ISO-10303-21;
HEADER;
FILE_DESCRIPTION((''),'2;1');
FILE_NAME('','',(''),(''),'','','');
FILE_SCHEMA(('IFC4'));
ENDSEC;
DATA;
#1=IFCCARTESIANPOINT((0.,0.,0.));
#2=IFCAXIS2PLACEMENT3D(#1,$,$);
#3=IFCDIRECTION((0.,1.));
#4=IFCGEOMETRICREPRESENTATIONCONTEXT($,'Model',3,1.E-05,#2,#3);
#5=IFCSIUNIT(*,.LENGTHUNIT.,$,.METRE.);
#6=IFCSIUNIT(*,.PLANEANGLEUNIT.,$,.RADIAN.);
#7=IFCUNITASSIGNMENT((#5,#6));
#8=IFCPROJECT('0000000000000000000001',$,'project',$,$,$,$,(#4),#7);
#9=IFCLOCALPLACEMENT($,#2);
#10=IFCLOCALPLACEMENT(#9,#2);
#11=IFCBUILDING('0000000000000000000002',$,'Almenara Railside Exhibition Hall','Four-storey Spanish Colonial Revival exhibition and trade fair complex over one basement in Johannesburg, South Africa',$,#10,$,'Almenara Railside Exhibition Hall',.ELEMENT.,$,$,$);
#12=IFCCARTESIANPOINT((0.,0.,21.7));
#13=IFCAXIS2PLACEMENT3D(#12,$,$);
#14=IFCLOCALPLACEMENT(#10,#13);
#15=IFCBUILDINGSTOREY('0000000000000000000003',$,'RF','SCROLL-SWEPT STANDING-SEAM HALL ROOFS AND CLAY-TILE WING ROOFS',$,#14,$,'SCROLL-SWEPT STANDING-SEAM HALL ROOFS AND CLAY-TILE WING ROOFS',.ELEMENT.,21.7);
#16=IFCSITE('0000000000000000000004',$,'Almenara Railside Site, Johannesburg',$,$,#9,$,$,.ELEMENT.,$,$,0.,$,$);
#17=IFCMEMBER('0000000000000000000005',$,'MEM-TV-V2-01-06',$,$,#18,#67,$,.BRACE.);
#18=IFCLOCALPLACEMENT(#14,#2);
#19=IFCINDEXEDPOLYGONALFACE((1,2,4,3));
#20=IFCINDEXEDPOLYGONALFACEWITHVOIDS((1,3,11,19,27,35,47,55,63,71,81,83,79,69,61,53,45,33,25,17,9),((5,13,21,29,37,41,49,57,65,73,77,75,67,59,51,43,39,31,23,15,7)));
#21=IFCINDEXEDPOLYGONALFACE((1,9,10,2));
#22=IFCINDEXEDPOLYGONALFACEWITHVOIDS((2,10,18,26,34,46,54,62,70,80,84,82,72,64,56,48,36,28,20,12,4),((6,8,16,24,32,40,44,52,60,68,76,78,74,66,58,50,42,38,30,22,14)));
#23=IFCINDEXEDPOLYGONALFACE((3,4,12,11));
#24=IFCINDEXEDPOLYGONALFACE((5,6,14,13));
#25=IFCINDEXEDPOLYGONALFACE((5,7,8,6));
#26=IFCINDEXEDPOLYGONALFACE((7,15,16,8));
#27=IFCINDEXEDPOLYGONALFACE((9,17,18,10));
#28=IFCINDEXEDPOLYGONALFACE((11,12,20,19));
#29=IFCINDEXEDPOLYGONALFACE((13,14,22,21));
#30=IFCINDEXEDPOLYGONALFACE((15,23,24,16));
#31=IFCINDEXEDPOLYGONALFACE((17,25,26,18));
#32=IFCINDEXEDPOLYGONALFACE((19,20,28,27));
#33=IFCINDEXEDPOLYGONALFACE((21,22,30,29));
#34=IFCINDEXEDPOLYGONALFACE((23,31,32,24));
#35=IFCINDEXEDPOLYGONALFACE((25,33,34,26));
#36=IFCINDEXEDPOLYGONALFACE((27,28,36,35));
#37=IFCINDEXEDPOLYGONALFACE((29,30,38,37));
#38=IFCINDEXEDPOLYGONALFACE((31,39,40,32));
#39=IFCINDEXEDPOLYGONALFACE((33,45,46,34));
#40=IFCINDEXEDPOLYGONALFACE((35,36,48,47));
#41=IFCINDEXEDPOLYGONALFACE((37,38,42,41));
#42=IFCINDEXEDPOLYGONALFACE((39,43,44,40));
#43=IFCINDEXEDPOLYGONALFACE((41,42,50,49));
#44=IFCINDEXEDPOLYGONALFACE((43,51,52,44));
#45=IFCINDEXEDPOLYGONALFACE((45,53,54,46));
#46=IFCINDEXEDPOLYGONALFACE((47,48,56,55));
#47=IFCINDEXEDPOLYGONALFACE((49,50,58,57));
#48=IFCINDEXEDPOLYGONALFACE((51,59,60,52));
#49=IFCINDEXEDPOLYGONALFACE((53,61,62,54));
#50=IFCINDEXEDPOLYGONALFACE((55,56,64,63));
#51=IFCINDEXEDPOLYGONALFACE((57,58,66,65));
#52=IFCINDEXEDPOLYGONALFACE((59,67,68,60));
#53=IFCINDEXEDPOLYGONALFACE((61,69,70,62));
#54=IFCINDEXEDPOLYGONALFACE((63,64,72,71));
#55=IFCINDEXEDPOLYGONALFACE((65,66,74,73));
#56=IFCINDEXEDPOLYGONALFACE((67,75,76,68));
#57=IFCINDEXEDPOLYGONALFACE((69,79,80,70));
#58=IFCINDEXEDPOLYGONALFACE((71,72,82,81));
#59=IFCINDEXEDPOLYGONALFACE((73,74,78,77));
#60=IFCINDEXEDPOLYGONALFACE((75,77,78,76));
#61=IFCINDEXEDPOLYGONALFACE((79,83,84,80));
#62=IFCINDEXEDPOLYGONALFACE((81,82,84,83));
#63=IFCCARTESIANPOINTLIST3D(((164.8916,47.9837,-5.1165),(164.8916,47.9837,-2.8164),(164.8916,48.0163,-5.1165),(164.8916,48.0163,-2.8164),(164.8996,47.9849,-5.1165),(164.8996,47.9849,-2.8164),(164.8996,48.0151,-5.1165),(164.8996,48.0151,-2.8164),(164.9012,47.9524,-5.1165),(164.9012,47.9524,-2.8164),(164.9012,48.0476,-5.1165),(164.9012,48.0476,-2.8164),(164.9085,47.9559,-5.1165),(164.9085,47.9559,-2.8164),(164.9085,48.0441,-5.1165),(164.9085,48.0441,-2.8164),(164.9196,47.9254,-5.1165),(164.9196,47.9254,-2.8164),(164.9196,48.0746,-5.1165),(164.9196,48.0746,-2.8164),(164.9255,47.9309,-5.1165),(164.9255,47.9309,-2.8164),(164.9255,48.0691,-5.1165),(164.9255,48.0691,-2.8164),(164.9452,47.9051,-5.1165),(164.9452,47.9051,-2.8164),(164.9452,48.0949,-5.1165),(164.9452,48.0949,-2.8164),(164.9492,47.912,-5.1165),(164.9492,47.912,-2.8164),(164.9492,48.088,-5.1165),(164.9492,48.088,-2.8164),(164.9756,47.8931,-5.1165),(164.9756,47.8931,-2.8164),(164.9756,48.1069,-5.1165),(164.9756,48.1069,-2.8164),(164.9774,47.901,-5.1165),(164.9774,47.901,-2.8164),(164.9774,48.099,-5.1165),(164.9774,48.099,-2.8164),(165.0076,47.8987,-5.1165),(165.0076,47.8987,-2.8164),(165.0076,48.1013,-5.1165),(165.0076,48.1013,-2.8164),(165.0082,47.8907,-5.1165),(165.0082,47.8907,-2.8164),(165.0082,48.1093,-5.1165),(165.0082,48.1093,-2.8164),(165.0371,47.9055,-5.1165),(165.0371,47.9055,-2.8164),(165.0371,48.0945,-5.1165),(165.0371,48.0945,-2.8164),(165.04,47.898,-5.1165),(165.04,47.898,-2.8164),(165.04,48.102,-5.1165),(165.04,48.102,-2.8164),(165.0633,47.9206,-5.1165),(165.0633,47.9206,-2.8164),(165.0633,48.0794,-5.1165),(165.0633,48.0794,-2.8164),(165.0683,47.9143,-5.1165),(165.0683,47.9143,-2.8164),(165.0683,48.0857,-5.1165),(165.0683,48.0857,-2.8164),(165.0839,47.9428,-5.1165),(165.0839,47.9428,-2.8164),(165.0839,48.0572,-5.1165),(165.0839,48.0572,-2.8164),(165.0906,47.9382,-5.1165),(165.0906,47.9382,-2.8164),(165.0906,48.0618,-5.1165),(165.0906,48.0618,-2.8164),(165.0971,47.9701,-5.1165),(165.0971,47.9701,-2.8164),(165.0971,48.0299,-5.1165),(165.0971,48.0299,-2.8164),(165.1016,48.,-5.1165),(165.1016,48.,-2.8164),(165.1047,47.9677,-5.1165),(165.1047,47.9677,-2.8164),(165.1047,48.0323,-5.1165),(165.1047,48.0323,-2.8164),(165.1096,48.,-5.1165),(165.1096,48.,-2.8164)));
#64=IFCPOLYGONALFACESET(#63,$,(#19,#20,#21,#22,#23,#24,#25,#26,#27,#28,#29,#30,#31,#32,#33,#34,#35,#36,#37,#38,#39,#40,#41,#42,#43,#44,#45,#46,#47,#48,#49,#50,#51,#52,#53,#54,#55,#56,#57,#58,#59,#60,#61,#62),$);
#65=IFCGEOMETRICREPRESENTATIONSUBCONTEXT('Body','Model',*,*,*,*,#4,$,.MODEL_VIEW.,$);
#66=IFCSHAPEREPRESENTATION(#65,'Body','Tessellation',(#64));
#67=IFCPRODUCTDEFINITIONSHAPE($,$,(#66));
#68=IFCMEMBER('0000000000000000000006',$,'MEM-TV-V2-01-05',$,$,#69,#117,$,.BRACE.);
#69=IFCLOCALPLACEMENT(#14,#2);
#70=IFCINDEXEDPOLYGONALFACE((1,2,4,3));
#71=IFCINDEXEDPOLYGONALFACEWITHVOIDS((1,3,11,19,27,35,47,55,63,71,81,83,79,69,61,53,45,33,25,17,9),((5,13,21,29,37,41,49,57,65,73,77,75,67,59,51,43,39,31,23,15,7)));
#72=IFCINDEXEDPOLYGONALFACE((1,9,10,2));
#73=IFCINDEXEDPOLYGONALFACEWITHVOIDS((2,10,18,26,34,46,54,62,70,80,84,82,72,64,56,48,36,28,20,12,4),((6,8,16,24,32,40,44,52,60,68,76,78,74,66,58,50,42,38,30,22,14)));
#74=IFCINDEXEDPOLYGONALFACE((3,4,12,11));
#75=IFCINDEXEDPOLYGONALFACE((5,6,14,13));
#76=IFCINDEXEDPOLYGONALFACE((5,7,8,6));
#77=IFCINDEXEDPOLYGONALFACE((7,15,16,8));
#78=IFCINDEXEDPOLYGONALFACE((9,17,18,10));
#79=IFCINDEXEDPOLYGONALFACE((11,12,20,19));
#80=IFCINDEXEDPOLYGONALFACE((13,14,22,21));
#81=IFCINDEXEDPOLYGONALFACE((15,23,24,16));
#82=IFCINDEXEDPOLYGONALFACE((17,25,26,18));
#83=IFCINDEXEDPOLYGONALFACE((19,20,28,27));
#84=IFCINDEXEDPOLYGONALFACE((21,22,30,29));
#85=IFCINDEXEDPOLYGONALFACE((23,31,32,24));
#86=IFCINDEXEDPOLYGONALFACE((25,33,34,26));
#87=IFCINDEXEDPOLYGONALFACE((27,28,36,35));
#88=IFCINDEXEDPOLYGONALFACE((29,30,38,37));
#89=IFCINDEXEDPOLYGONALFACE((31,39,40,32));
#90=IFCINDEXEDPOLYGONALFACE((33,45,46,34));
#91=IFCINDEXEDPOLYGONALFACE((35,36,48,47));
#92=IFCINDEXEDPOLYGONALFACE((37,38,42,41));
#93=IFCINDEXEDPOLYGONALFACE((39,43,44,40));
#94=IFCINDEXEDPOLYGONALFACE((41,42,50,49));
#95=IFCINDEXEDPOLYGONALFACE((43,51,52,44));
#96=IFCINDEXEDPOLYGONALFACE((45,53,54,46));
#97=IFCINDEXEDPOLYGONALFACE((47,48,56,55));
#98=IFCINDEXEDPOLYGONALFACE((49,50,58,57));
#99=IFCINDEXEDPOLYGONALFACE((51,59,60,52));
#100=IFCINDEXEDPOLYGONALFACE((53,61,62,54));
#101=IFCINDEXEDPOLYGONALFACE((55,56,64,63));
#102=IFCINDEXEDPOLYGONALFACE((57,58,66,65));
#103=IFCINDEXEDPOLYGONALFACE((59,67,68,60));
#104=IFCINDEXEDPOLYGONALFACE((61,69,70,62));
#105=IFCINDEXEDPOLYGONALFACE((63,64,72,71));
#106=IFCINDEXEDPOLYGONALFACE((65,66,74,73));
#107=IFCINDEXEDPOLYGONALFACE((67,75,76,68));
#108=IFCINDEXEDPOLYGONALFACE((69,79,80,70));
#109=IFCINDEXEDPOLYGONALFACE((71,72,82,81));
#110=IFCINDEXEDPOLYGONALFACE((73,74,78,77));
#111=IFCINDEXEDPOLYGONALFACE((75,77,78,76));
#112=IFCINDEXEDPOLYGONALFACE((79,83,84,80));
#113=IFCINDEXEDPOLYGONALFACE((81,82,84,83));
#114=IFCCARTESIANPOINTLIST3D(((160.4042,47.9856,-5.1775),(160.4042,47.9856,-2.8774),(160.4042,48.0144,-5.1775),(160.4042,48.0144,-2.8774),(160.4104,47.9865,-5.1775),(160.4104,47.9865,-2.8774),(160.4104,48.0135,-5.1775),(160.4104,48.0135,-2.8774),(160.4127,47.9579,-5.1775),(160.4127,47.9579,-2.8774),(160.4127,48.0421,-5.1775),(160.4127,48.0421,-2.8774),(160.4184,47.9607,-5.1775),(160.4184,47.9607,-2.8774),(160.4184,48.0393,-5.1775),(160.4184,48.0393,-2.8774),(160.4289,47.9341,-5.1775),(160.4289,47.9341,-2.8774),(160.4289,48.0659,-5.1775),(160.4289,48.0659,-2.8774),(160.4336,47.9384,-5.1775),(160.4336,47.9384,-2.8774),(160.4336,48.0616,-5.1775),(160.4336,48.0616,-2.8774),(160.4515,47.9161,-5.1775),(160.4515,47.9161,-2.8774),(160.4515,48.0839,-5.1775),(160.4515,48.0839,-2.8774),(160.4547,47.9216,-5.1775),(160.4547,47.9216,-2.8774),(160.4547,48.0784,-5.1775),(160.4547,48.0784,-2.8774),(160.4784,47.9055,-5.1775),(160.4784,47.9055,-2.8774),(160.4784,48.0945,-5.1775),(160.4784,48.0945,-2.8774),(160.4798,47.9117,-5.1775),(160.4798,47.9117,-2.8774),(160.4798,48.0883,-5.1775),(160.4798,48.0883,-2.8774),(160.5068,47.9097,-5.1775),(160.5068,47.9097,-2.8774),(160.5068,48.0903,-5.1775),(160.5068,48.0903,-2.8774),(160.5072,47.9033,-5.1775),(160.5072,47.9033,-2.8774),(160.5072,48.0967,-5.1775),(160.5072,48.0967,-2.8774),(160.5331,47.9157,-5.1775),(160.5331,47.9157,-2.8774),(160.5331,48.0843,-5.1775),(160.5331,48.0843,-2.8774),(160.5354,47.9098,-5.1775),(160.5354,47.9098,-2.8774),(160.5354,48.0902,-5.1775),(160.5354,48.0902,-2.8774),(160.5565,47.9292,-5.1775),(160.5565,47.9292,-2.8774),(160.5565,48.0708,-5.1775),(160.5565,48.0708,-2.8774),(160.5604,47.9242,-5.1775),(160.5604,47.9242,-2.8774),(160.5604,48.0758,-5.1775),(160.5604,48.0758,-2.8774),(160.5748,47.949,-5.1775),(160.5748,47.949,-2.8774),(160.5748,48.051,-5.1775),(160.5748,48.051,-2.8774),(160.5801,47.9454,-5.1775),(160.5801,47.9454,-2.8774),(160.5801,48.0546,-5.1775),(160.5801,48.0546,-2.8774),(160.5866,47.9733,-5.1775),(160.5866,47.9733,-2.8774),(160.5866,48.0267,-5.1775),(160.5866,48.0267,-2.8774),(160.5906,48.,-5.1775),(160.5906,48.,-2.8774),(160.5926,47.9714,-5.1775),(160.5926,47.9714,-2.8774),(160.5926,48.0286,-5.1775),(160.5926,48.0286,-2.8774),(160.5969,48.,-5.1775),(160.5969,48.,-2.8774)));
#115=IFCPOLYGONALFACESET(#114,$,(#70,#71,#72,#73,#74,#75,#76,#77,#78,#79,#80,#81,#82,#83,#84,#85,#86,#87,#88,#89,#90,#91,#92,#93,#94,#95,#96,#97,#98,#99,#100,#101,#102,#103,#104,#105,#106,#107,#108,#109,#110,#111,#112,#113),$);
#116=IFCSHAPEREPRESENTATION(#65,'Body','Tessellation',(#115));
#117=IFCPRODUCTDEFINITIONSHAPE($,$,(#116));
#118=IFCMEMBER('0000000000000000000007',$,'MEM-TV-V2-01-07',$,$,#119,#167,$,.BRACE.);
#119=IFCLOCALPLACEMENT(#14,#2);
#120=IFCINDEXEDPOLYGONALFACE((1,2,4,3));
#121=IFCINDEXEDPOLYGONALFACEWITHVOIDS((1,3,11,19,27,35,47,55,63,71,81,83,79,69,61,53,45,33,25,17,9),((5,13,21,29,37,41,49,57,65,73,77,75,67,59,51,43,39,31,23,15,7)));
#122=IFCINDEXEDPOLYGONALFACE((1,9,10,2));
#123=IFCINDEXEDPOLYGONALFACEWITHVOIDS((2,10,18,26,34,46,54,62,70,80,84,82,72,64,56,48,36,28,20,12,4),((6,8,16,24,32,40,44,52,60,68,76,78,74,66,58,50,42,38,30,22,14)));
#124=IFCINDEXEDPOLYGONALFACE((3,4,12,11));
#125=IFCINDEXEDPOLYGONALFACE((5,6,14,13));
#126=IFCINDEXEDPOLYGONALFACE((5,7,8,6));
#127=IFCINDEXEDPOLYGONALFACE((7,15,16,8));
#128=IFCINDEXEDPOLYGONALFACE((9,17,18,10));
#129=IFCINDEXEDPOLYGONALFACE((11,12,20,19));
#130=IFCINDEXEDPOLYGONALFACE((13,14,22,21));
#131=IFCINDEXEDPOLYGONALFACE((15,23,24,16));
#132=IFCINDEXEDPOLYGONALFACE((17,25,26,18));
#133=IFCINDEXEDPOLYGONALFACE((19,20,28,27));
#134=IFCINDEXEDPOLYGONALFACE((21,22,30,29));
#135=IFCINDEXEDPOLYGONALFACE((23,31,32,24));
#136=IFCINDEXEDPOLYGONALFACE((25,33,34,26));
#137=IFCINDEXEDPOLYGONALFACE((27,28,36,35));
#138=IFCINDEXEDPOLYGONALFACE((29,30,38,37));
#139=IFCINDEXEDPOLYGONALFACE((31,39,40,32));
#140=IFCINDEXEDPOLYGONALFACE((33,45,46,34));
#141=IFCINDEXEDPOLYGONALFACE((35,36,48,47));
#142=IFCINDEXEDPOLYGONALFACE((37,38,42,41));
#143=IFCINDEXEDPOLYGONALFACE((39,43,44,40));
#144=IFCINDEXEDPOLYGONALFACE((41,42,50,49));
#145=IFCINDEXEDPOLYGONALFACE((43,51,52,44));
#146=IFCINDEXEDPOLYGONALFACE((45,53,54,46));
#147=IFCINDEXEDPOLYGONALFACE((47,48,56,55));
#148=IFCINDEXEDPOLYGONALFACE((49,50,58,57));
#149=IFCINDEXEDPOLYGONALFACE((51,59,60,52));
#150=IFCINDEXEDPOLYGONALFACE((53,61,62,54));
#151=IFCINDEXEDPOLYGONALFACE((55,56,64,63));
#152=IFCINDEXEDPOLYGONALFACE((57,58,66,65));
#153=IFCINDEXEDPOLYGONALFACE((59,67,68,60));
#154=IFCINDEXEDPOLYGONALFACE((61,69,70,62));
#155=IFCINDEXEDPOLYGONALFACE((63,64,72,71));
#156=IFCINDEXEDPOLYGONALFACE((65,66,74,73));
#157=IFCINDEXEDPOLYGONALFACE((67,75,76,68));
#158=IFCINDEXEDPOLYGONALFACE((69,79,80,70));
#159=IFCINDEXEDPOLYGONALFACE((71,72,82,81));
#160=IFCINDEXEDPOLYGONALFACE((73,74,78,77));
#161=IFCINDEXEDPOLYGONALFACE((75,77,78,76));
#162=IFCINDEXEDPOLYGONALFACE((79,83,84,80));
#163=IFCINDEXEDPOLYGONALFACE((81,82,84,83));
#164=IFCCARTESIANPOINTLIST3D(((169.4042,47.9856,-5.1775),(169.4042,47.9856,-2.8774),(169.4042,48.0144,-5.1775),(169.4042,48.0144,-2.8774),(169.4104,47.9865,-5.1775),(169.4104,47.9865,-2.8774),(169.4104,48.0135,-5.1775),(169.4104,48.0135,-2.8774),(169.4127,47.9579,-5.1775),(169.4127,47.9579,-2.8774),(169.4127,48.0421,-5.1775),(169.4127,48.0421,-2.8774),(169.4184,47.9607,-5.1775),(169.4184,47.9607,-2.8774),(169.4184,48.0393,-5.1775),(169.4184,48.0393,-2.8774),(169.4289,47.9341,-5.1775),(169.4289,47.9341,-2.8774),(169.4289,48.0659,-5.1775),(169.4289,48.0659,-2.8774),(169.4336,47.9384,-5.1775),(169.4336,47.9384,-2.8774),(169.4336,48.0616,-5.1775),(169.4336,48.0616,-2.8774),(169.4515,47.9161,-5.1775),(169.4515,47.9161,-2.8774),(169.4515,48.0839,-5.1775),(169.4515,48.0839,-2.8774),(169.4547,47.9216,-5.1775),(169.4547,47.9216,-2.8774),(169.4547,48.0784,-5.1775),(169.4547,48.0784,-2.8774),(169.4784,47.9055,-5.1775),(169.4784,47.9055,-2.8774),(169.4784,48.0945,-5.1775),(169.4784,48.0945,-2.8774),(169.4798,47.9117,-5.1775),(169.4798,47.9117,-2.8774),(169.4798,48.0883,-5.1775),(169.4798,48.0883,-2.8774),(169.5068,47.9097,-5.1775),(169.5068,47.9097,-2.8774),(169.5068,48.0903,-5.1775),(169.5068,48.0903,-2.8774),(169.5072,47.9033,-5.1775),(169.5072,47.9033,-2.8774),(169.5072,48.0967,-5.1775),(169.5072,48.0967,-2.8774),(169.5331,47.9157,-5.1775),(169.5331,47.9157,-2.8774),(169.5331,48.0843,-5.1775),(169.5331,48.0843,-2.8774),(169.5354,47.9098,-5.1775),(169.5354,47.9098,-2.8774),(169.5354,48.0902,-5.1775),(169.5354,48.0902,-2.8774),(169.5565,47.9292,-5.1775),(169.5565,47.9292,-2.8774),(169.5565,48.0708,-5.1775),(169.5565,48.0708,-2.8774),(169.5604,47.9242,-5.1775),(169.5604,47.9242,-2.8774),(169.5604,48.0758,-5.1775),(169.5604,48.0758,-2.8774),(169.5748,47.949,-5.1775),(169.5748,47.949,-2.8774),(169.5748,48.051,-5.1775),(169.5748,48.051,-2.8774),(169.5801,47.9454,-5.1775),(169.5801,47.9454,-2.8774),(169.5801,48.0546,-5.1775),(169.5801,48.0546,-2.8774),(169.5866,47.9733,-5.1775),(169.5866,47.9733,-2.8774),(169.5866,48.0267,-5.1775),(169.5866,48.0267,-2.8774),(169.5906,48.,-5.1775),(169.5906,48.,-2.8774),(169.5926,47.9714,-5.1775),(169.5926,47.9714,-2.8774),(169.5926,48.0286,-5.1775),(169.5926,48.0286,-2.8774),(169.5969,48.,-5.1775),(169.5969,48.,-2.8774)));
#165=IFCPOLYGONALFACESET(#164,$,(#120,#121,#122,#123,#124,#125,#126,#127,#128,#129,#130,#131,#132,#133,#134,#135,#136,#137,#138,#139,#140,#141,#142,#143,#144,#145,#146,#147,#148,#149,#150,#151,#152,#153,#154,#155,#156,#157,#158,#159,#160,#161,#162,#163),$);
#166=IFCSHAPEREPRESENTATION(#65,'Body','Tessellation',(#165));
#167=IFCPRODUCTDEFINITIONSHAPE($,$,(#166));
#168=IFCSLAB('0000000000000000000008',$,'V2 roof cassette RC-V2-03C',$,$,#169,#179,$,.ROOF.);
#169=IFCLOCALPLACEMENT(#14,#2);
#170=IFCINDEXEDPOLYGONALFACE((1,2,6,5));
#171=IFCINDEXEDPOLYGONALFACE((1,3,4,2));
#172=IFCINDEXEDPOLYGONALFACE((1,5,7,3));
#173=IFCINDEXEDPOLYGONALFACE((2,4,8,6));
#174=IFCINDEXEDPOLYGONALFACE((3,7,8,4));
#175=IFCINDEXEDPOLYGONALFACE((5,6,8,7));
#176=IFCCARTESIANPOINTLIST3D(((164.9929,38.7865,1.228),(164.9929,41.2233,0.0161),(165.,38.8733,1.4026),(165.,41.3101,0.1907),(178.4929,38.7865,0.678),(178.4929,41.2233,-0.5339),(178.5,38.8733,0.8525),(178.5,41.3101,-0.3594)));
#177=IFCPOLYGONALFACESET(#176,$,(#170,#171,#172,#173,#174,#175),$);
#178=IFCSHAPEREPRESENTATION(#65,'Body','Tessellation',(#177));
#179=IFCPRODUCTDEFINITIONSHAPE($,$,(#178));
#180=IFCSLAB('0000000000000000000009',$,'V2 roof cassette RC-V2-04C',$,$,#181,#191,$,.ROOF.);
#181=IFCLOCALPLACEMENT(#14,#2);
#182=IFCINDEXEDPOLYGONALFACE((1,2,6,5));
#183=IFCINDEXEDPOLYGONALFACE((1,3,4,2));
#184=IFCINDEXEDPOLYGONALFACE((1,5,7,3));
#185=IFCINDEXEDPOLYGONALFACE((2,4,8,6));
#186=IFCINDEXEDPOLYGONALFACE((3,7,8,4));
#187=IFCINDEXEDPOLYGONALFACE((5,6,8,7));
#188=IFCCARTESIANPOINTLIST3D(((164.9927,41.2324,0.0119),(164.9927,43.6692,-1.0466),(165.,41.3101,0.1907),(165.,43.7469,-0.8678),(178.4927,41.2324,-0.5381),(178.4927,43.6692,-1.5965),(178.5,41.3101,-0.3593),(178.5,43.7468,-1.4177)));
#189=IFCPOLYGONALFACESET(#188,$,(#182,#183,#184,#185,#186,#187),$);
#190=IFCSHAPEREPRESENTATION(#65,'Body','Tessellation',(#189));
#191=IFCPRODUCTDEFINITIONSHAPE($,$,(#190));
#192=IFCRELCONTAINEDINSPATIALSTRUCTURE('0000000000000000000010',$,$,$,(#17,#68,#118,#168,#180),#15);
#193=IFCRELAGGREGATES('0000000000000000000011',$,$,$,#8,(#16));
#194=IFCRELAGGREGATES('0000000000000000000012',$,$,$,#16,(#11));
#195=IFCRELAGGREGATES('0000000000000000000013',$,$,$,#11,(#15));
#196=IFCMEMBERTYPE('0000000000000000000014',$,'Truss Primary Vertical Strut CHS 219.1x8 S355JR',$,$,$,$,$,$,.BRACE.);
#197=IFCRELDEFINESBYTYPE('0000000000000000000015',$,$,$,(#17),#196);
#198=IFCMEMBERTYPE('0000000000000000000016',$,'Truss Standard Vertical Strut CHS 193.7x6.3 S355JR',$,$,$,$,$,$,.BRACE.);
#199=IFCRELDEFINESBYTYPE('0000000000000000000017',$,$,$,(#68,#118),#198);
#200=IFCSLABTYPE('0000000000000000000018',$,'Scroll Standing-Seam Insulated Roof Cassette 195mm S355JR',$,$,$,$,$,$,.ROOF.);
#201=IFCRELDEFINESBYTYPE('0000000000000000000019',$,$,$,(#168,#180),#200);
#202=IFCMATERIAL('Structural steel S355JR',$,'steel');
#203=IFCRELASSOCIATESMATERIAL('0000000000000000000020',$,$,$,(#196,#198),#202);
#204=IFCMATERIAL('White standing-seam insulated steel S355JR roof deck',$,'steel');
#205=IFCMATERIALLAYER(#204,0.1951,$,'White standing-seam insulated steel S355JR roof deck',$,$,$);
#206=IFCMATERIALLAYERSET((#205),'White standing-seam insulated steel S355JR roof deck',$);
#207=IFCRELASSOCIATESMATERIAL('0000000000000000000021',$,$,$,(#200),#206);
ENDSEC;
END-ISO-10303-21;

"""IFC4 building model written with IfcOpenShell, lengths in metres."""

from ifc_helpers import new_model, si_unit, direction, frame, origin, origin_2d, place, context, subcontext, project, spatial, polyline, hollow_circle, outline, extrude, material, layer, layer_set, material_profile, profile_set, type_object, element, save


model = new_model("IFC4")

# Units and contexts
model_context = context("Model", 3, precision=1e-05, world=origin(), true_north=direction((0.0, 1.0)))
body_context = subcontext(model_context, "Body", "Model", "MODEL_VIEW")
ifc_project = project(units=[si_unit("LENGTHUNIT", "METRE"), si_unit("PLANEANGLEUNIT", "RADIAN")], contexts=[model_context])

# Site, building, storey
site_placement = place(None, origin())
site = spatial("IfcSite", under=ifc_project, at=site_placement, Name="Almenara Railside Site, Johannesburg", CompositionType="ELEMENT", RefElevation=0.0)
building_placement = place(site_placement, origin())
building = spatial("IfcBuilding", under=site, at=building_placement, Name="Almenara Railside Exhibition Hall", Description="Four-storey Spanish Colonial Revival exhibition and trade fair complex over one basement in Johannesburg, South Africa", LongName="Almenara Railside Exhibition Hall", CompositionType="ELEMENT")
storey_placement = place(building_placement, frame((0.0, 0.0, 21.7)))
storey = spatial("IfcBuildingStorey", under=building, at=storey_placement, Name="RF", Description="SCROLL-SWEPT STANDING-SEAM HALL ROOFS AND CLAY-TILE WING ROOFS", LongName="SCROLL-SWEPT STANDING-SEAM HALL ROOFS AND CLAY-TILE WING ROOFS", CompositionType="ELEMENT", Elevation=21.7)

# Members
ifc_material_1 = material(Name="Structural steel S355JR", Category="steel")
ifc_material_profile_1 = material_profile(ifc_material_1, hollow_circle(Radius=0.1096, WallThickness=0.0081, at=origin_2d()), Name="CHS 219.1x8")
ifc_profile_set_1 = profile_set([ifc_material_profile_1], Name="Structural steel S355JR")
member_type_1 = type_object("IfcMemberType", Name="Truss Primary Vertical Strut CHS 219.1x8 S355JR", PredefinedType="BRACE", material=ifc_profile_set_1)
member_1_placement = place(storey_placement, frame((165.0, 48.0, -5.1165), z_axis=(0.0, 0.0, 1.0), x_axis=(1.0, 0.0, 0.0)))
element("IfcMember", 1, at=member_1_placement, inside=storey, type_object=member_type_1, Name="MEM-TV-V2-01-06", PredefinedType="BRACE", context=body_context, shape_type="SweptSolid", body=[
    extrude(hollow_circle(Radius=0.1096, WallThickness=0.0081, at=origin_2d()), origin(), (0.0, 0.0, 1.0), 2.3),
])
ifc_material_profile_2 = material_profile(ifc_material_1, hollow_circle(Radius=0.0969, WallThickness=0.0063, at=origin_2d()), Name="CHS 193.7x6.3")
ifc_profile_set_2 = profile_set([ifc_material_profile_2], Name="Structural steel S355JR")
member_type_2 = type_object("IfcMemberType", Name="Truss Standard Vertical Strut CHS 193.7x6.3 S355JR", PredefinedType="BRACE", material=ifc_profile_set_2)
for number, where, z_axis, x_axis, name in (
    (2, (160.5, 48.0, -5.1775), (0.0, 0.0, 1.0), (1.0, 0.0, 0.0), "MEM-TV-V2-01-05"),
    (3, (169.5, 48.0, -5.1775), (0.0, 0.0, 1.0), (1.0, 0.0, 0.0), "MEM-TV-V2-01-07"),
):
    element("IfcMember", number, at=place(storey_placement, frame(where, z_axis=z_axis, x_axis=x_axis)), inside=storey, type_object=member_type_2, Name=name, PredefinedType="BRACE", context=body_context, shape_type="SweptSolid", body=[
        extrude(hollow_circle(Radius=0.0969, WallThickness=0.0063, at=origin_2d()), origin(), (0.0, 0.0, 1.0), 2.3),
    ])

# Slabs
ifc_material_2 = material(Name="White standing-seam insulated steel S355JR roof deck", Category="steel")
ifc_layer_1 = layer(ifc_material_2, 0.1951, Name="White standing-seam insulated steel S355JR roof deck")
ifc_layer_set_1 = layer_set([ifc_layer_1], Name="White standing-seam insulated steel S355JR roof deck")
slab_type_1 = type_object("IfcSlabType", Name="Scroll Standing-Seam Insulated Roof Cassette 195mm S355JR", PredefinedType="ROOF", material=ifc_layer_set_1)
slab_1_placement = place(storey_placement, frame((165.0, 38.8733, 1.4026), z_axis=(0.036457, 0.445015, 0.894781), x_axis=(0.999171, 0.0, -0.040711)))
element("IfcSlab", 4, at=slab_1_placement, inside=storey, type_object=slab_type_1, Name="V2 roof cassette RC-V2-03C", PredefinedType="ROOF", context=body_context, shape_type="SweptSolid", body=[
    extrude(outline(polyline([(0.0, 0.0), (13.5112, 0.0), (13.5605, 2.7211), (0.0493, 2.7211), (0.0, 0.0)])), origin(), (0.0, 0.0, -1.0), 0.1951),
])
slab_2_placement = place(storey_placement, frame((165.0, 41.3101, 0.1907), z_axis=(0.037337, 0.398134, 0.916567), x_axis=(0.999171, 0.000003, -0.040703)))
element("IfcSlab", 5, at=slab_2_placement, inside=storey, type_object=slab_type_1, Name="V2 roof cassette RC-V2-04C", PredefinedType="ROOF", context=body_context, shape_type="SweptSolid", body=[
    extrude(outline(polyline([(0.0, 0.0), (13.5112, 0.0), (13.5543, 2.6563), (0.0431, 2.6564), (0.0, 0.0)])), origin(), (0.0, 0.0, -1.0), 0.1951),
])

save(model, "model.ifc")
